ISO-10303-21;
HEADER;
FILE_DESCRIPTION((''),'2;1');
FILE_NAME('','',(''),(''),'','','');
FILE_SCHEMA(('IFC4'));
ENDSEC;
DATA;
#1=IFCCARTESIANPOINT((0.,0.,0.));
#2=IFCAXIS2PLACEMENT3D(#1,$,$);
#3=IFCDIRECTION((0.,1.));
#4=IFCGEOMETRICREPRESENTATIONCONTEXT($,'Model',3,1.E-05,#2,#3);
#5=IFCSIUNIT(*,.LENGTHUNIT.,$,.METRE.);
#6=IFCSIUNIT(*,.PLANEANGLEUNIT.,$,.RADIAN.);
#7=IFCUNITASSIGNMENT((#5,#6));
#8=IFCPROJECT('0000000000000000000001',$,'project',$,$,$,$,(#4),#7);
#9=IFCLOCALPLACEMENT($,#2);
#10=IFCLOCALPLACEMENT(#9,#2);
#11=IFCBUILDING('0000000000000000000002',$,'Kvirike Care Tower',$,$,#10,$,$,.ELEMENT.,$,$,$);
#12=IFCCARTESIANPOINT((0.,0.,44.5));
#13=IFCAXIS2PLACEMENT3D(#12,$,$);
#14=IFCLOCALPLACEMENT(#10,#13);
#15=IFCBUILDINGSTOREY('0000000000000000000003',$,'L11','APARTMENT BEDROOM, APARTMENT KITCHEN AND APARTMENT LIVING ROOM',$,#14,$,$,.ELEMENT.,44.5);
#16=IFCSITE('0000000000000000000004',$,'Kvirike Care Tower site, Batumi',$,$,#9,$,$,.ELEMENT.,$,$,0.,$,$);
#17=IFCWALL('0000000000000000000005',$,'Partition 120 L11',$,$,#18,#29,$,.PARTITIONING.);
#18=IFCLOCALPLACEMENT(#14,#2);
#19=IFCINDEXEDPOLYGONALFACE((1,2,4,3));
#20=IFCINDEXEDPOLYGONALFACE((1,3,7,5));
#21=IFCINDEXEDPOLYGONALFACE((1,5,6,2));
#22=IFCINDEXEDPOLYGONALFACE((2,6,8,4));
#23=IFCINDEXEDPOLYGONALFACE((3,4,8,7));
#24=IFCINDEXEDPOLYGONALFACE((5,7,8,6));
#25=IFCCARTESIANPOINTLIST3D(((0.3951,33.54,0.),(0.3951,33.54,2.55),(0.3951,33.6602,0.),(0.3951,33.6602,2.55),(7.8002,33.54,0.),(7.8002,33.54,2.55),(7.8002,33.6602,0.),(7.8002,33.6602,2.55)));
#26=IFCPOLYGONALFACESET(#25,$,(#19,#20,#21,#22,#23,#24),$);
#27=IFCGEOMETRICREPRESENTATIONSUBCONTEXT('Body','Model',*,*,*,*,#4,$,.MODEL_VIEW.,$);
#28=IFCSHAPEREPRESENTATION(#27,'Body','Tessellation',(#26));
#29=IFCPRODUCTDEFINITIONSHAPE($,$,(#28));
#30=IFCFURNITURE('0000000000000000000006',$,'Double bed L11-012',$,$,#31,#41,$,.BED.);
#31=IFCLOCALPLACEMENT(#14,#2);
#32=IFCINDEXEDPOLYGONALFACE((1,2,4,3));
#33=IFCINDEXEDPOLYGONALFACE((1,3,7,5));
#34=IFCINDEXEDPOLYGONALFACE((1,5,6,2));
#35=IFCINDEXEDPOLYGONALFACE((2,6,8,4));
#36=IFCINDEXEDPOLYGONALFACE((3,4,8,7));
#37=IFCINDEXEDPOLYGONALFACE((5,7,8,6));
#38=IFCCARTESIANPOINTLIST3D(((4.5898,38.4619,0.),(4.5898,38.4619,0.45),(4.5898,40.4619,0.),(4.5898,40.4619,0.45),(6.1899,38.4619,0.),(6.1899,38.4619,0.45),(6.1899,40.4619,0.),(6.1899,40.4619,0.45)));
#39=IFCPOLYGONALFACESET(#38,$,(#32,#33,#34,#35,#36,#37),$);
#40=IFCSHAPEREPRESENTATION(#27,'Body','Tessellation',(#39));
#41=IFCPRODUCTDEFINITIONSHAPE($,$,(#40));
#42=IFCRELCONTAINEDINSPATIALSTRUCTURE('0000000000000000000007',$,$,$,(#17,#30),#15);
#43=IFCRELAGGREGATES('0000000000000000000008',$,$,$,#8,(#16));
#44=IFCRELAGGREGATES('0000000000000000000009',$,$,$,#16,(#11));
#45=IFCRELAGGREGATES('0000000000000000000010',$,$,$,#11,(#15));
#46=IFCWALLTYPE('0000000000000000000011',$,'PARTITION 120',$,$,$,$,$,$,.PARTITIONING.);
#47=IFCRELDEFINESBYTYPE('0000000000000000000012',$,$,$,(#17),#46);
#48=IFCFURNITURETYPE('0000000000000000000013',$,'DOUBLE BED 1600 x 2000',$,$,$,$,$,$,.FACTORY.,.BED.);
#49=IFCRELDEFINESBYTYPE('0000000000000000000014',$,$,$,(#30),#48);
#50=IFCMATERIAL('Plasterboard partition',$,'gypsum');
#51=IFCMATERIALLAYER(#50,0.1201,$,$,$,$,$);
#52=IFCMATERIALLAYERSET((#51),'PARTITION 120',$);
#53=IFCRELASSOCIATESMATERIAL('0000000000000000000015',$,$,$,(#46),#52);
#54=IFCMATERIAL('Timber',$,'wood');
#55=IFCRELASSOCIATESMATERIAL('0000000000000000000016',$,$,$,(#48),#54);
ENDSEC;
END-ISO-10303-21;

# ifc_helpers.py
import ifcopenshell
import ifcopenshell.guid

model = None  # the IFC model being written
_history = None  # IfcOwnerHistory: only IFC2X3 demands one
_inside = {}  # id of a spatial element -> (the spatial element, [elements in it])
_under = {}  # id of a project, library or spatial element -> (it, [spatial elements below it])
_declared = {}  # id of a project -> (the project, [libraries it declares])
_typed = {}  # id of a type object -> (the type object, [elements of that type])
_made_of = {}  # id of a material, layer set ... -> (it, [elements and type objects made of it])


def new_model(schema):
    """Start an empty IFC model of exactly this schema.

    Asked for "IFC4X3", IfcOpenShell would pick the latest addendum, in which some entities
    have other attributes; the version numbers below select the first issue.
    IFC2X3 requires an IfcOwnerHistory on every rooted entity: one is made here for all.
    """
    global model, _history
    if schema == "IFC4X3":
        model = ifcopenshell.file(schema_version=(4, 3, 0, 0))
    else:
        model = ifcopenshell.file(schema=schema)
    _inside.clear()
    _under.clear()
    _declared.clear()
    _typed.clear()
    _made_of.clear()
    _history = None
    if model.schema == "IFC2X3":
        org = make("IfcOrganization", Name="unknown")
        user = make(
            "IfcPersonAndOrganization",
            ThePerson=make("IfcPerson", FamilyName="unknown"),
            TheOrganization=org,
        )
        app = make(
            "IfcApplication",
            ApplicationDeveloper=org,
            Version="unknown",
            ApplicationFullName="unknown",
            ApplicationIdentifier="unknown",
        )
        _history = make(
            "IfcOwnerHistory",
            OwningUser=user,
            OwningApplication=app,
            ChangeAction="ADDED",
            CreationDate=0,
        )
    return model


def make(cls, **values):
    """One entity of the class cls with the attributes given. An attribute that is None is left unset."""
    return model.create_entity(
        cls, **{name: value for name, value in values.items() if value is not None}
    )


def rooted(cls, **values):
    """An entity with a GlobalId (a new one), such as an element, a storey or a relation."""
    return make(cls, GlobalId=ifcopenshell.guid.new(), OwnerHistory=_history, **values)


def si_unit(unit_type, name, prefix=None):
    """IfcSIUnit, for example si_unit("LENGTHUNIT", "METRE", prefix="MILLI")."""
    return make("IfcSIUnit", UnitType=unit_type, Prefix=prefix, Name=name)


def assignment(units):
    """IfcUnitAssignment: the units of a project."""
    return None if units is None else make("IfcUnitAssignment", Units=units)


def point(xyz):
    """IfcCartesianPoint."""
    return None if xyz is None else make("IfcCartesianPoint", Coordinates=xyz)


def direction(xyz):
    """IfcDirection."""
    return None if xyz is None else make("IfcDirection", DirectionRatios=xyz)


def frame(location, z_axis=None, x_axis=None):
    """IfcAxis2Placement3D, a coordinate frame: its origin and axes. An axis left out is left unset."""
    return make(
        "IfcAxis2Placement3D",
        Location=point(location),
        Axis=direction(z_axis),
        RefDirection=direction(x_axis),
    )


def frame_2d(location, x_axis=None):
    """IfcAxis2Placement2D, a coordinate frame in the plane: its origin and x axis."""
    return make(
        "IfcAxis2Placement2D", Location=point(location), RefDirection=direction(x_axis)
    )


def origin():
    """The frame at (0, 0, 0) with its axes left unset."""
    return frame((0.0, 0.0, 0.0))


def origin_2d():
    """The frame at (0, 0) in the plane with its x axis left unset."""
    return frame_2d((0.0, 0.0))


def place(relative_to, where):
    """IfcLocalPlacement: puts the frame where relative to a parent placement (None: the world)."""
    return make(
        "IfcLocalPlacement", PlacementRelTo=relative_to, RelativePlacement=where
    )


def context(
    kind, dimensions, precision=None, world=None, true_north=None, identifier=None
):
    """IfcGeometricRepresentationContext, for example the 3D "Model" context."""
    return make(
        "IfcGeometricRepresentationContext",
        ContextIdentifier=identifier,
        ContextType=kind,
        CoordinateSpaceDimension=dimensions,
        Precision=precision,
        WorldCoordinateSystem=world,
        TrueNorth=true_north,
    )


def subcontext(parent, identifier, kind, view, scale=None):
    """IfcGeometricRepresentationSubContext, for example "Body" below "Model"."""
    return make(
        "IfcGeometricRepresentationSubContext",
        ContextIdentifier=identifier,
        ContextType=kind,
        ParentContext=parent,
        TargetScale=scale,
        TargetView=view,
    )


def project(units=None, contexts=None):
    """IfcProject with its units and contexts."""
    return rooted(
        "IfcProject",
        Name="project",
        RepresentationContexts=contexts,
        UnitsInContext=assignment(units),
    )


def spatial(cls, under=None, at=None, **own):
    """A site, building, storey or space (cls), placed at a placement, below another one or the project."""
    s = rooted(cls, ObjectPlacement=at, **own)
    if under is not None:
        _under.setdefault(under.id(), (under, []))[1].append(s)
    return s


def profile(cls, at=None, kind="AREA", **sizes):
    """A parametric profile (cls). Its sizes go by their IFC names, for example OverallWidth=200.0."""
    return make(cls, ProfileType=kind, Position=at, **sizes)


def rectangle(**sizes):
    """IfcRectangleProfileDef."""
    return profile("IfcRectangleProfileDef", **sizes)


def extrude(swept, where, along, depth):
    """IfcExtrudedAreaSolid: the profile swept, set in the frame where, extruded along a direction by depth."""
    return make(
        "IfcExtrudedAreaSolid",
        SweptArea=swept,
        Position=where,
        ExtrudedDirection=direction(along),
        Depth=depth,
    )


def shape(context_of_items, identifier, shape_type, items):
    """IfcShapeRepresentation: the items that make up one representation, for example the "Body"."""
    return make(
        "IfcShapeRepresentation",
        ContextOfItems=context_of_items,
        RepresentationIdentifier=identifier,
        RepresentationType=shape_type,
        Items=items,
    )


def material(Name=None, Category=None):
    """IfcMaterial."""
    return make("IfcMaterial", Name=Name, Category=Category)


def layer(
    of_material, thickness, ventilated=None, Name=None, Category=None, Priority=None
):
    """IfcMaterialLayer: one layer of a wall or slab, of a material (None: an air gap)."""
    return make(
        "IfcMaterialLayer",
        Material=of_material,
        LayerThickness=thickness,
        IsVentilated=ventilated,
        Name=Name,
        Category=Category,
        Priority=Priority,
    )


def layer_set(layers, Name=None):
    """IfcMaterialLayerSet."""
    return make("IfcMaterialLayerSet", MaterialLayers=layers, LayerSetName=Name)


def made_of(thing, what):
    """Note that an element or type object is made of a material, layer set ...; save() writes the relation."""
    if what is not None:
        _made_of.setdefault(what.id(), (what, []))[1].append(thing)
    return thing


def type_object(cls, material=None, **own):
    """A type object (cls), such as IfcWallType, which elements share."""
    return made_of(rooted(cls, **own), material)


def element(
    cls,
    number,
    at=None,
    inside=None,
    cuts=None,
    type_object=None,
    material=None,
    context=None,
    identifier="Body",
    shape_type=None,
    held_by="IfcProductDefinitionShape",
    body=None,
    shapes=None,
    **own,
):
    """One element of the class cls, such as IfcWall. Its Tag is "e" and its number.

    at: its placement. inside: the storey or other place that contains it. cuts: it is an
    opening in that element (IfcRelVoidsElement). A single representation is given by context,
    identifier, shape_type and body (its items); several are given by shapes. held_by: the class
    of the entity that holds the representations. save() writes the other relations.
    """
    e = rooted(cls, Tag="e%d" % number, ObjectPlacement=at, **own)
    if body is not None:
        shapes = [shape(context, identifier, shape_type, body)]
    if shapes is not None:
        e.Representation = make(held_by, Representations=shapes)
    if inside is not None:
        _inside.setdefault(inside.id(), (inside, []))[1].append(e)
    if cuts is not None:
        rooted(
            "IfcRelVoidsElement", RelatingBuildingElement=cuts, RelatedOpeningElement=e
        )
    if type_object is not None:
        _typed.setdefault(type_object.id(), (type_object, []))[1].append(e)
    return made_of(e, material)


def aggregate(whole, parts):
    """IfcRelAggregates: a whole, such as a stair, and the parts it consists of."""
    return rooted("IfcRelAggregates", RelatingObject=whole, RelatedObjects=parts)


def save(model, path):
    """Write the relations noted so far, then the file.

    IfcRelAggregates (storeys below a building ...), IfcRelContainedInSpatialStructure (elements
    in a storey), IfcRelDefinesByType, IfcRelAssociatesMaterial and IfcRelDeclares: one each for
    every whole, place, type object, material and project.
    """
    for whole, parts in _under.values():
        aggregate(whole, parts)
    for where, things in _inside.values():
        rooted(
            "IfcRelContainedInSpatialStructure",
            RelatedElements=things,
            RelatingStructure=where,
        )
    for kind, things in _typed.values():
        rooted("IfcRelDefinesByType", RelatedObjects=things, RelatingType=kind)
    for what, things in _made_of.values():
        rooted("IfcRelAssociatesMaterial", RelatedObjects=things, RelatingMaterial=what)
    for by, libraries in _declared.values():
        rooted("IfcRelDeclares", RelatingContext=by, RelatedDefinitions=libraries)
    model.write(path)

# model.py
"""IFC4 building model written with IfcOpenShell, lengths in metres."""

from ifc_helpers import new_model, si_unit, direction, frame, frame_2d, origin, origin_2d, place, context, subcontext, project, spatial, rectangle, extrude, material, layer, layer_set, type_object, element, save


model = new_model("IFC4")

# Units and contexts
model_context = context("Model", 3, precision=1e-05, world=origin(), true_north=direction((0.0, 1.0)))
body_context = subcontext(model_context, "Body", "Model", "MODEL_VIEW")
ifc_project = project(units=[si_unit("LENGTHUNIT", "METRE"), si_unit("PLANEANGLEUNIT", "RADIAN")], contexts=[model_context])

# Site, building, storey
site_placement = place(None, origin())
site = spatial("IfcSite", under=ifc_project, at=site_placement, Name="Kvirike Care Tower site, Batumi", CompositionType="ELEMENT", RefElevation=0.0)
building_placement = place(site_placement, origin())
building = spatial("IfcBuilding", under=site, at=building_placement, Name="Kvirike Care Tower", CompositionType="ELEMENT")
storey_placement = place(building_placement, frame((0.0, 0.0, 44.5)))
storey = spatial("IfcBuildingStorey", under=building, at=storey_placement, Name="L11", Description="APARTMENT BEDROOM, APARTMENT KITCHEN AND APARTMENT LIVING ROOM", CompositionType="ELEMENT", Elevation=44.5)

# Wall
ifc_material_1 = material(Name="Plasterboard partition", Category="gypsum")
ifc_layer_1 = layer(ifc_material_1, 0.1201)
ifc_layer_set_1 = layer_set([ifc_layer_1], Name="PARTITION 120")
wall_type = type_object("IfcWallType", Name="PARTITION 120", PredefinedType="PARTITIONING", material=ifc_layer_set_1)
for number, where, z_axis, x_axis, name in (
    (1, (0.395, 33.6001, 0.0), (0.0, 0.0, 1.0), (1.0, 0.0, 0.0), "Partition 120 L11"),
):
    element("IfcWall", number, at=place(storey_placement, frame(where, z_axis=z_axis, x_axis=x_axis)), inside=storey, type_object=wall_type, Name=name, PredefinedType="PARTITIONING", context=body_context, shape_type="SweptSolid", body=[
        extrude(rectangle(XDim=7.405, YDim=0.1201, at=frame_2d((3.7026, 0.0))), origin(), (0.0, 0.0, 1.0), 2.55),
    ])

# Furniture
ifc_material_2 = material(Name="Timber", Category="wood")
furniture_type = type_object("IfcFurnitureType", Name="DOUBLE BED 1600 x 2000", AssemblyPlace="FACTORY", PredefinedType="BED", material=ifc_material_2)
furniture_placement = place(storey_placement, frame((5.3899, 39.4619, 0.0), z_axis=(0.0, 0.0, 1.0), x_axis=(-1.0, 0.0, 0.0)))
element("IfcFurniture", 2, at=furniture_placement, inside=storey, type_object=furniture_type, Name="Double bed L11-012", PredefinedType="BED", context=body_context, shape_type="SweptSolid", body=[
    extrude(rectangle(XDim=1.6001, YDim=2.0, at=origin_2d()), origin(), (0.0, 0.0, 1.0), 0.45),
])

save(model, "model.ifc")
